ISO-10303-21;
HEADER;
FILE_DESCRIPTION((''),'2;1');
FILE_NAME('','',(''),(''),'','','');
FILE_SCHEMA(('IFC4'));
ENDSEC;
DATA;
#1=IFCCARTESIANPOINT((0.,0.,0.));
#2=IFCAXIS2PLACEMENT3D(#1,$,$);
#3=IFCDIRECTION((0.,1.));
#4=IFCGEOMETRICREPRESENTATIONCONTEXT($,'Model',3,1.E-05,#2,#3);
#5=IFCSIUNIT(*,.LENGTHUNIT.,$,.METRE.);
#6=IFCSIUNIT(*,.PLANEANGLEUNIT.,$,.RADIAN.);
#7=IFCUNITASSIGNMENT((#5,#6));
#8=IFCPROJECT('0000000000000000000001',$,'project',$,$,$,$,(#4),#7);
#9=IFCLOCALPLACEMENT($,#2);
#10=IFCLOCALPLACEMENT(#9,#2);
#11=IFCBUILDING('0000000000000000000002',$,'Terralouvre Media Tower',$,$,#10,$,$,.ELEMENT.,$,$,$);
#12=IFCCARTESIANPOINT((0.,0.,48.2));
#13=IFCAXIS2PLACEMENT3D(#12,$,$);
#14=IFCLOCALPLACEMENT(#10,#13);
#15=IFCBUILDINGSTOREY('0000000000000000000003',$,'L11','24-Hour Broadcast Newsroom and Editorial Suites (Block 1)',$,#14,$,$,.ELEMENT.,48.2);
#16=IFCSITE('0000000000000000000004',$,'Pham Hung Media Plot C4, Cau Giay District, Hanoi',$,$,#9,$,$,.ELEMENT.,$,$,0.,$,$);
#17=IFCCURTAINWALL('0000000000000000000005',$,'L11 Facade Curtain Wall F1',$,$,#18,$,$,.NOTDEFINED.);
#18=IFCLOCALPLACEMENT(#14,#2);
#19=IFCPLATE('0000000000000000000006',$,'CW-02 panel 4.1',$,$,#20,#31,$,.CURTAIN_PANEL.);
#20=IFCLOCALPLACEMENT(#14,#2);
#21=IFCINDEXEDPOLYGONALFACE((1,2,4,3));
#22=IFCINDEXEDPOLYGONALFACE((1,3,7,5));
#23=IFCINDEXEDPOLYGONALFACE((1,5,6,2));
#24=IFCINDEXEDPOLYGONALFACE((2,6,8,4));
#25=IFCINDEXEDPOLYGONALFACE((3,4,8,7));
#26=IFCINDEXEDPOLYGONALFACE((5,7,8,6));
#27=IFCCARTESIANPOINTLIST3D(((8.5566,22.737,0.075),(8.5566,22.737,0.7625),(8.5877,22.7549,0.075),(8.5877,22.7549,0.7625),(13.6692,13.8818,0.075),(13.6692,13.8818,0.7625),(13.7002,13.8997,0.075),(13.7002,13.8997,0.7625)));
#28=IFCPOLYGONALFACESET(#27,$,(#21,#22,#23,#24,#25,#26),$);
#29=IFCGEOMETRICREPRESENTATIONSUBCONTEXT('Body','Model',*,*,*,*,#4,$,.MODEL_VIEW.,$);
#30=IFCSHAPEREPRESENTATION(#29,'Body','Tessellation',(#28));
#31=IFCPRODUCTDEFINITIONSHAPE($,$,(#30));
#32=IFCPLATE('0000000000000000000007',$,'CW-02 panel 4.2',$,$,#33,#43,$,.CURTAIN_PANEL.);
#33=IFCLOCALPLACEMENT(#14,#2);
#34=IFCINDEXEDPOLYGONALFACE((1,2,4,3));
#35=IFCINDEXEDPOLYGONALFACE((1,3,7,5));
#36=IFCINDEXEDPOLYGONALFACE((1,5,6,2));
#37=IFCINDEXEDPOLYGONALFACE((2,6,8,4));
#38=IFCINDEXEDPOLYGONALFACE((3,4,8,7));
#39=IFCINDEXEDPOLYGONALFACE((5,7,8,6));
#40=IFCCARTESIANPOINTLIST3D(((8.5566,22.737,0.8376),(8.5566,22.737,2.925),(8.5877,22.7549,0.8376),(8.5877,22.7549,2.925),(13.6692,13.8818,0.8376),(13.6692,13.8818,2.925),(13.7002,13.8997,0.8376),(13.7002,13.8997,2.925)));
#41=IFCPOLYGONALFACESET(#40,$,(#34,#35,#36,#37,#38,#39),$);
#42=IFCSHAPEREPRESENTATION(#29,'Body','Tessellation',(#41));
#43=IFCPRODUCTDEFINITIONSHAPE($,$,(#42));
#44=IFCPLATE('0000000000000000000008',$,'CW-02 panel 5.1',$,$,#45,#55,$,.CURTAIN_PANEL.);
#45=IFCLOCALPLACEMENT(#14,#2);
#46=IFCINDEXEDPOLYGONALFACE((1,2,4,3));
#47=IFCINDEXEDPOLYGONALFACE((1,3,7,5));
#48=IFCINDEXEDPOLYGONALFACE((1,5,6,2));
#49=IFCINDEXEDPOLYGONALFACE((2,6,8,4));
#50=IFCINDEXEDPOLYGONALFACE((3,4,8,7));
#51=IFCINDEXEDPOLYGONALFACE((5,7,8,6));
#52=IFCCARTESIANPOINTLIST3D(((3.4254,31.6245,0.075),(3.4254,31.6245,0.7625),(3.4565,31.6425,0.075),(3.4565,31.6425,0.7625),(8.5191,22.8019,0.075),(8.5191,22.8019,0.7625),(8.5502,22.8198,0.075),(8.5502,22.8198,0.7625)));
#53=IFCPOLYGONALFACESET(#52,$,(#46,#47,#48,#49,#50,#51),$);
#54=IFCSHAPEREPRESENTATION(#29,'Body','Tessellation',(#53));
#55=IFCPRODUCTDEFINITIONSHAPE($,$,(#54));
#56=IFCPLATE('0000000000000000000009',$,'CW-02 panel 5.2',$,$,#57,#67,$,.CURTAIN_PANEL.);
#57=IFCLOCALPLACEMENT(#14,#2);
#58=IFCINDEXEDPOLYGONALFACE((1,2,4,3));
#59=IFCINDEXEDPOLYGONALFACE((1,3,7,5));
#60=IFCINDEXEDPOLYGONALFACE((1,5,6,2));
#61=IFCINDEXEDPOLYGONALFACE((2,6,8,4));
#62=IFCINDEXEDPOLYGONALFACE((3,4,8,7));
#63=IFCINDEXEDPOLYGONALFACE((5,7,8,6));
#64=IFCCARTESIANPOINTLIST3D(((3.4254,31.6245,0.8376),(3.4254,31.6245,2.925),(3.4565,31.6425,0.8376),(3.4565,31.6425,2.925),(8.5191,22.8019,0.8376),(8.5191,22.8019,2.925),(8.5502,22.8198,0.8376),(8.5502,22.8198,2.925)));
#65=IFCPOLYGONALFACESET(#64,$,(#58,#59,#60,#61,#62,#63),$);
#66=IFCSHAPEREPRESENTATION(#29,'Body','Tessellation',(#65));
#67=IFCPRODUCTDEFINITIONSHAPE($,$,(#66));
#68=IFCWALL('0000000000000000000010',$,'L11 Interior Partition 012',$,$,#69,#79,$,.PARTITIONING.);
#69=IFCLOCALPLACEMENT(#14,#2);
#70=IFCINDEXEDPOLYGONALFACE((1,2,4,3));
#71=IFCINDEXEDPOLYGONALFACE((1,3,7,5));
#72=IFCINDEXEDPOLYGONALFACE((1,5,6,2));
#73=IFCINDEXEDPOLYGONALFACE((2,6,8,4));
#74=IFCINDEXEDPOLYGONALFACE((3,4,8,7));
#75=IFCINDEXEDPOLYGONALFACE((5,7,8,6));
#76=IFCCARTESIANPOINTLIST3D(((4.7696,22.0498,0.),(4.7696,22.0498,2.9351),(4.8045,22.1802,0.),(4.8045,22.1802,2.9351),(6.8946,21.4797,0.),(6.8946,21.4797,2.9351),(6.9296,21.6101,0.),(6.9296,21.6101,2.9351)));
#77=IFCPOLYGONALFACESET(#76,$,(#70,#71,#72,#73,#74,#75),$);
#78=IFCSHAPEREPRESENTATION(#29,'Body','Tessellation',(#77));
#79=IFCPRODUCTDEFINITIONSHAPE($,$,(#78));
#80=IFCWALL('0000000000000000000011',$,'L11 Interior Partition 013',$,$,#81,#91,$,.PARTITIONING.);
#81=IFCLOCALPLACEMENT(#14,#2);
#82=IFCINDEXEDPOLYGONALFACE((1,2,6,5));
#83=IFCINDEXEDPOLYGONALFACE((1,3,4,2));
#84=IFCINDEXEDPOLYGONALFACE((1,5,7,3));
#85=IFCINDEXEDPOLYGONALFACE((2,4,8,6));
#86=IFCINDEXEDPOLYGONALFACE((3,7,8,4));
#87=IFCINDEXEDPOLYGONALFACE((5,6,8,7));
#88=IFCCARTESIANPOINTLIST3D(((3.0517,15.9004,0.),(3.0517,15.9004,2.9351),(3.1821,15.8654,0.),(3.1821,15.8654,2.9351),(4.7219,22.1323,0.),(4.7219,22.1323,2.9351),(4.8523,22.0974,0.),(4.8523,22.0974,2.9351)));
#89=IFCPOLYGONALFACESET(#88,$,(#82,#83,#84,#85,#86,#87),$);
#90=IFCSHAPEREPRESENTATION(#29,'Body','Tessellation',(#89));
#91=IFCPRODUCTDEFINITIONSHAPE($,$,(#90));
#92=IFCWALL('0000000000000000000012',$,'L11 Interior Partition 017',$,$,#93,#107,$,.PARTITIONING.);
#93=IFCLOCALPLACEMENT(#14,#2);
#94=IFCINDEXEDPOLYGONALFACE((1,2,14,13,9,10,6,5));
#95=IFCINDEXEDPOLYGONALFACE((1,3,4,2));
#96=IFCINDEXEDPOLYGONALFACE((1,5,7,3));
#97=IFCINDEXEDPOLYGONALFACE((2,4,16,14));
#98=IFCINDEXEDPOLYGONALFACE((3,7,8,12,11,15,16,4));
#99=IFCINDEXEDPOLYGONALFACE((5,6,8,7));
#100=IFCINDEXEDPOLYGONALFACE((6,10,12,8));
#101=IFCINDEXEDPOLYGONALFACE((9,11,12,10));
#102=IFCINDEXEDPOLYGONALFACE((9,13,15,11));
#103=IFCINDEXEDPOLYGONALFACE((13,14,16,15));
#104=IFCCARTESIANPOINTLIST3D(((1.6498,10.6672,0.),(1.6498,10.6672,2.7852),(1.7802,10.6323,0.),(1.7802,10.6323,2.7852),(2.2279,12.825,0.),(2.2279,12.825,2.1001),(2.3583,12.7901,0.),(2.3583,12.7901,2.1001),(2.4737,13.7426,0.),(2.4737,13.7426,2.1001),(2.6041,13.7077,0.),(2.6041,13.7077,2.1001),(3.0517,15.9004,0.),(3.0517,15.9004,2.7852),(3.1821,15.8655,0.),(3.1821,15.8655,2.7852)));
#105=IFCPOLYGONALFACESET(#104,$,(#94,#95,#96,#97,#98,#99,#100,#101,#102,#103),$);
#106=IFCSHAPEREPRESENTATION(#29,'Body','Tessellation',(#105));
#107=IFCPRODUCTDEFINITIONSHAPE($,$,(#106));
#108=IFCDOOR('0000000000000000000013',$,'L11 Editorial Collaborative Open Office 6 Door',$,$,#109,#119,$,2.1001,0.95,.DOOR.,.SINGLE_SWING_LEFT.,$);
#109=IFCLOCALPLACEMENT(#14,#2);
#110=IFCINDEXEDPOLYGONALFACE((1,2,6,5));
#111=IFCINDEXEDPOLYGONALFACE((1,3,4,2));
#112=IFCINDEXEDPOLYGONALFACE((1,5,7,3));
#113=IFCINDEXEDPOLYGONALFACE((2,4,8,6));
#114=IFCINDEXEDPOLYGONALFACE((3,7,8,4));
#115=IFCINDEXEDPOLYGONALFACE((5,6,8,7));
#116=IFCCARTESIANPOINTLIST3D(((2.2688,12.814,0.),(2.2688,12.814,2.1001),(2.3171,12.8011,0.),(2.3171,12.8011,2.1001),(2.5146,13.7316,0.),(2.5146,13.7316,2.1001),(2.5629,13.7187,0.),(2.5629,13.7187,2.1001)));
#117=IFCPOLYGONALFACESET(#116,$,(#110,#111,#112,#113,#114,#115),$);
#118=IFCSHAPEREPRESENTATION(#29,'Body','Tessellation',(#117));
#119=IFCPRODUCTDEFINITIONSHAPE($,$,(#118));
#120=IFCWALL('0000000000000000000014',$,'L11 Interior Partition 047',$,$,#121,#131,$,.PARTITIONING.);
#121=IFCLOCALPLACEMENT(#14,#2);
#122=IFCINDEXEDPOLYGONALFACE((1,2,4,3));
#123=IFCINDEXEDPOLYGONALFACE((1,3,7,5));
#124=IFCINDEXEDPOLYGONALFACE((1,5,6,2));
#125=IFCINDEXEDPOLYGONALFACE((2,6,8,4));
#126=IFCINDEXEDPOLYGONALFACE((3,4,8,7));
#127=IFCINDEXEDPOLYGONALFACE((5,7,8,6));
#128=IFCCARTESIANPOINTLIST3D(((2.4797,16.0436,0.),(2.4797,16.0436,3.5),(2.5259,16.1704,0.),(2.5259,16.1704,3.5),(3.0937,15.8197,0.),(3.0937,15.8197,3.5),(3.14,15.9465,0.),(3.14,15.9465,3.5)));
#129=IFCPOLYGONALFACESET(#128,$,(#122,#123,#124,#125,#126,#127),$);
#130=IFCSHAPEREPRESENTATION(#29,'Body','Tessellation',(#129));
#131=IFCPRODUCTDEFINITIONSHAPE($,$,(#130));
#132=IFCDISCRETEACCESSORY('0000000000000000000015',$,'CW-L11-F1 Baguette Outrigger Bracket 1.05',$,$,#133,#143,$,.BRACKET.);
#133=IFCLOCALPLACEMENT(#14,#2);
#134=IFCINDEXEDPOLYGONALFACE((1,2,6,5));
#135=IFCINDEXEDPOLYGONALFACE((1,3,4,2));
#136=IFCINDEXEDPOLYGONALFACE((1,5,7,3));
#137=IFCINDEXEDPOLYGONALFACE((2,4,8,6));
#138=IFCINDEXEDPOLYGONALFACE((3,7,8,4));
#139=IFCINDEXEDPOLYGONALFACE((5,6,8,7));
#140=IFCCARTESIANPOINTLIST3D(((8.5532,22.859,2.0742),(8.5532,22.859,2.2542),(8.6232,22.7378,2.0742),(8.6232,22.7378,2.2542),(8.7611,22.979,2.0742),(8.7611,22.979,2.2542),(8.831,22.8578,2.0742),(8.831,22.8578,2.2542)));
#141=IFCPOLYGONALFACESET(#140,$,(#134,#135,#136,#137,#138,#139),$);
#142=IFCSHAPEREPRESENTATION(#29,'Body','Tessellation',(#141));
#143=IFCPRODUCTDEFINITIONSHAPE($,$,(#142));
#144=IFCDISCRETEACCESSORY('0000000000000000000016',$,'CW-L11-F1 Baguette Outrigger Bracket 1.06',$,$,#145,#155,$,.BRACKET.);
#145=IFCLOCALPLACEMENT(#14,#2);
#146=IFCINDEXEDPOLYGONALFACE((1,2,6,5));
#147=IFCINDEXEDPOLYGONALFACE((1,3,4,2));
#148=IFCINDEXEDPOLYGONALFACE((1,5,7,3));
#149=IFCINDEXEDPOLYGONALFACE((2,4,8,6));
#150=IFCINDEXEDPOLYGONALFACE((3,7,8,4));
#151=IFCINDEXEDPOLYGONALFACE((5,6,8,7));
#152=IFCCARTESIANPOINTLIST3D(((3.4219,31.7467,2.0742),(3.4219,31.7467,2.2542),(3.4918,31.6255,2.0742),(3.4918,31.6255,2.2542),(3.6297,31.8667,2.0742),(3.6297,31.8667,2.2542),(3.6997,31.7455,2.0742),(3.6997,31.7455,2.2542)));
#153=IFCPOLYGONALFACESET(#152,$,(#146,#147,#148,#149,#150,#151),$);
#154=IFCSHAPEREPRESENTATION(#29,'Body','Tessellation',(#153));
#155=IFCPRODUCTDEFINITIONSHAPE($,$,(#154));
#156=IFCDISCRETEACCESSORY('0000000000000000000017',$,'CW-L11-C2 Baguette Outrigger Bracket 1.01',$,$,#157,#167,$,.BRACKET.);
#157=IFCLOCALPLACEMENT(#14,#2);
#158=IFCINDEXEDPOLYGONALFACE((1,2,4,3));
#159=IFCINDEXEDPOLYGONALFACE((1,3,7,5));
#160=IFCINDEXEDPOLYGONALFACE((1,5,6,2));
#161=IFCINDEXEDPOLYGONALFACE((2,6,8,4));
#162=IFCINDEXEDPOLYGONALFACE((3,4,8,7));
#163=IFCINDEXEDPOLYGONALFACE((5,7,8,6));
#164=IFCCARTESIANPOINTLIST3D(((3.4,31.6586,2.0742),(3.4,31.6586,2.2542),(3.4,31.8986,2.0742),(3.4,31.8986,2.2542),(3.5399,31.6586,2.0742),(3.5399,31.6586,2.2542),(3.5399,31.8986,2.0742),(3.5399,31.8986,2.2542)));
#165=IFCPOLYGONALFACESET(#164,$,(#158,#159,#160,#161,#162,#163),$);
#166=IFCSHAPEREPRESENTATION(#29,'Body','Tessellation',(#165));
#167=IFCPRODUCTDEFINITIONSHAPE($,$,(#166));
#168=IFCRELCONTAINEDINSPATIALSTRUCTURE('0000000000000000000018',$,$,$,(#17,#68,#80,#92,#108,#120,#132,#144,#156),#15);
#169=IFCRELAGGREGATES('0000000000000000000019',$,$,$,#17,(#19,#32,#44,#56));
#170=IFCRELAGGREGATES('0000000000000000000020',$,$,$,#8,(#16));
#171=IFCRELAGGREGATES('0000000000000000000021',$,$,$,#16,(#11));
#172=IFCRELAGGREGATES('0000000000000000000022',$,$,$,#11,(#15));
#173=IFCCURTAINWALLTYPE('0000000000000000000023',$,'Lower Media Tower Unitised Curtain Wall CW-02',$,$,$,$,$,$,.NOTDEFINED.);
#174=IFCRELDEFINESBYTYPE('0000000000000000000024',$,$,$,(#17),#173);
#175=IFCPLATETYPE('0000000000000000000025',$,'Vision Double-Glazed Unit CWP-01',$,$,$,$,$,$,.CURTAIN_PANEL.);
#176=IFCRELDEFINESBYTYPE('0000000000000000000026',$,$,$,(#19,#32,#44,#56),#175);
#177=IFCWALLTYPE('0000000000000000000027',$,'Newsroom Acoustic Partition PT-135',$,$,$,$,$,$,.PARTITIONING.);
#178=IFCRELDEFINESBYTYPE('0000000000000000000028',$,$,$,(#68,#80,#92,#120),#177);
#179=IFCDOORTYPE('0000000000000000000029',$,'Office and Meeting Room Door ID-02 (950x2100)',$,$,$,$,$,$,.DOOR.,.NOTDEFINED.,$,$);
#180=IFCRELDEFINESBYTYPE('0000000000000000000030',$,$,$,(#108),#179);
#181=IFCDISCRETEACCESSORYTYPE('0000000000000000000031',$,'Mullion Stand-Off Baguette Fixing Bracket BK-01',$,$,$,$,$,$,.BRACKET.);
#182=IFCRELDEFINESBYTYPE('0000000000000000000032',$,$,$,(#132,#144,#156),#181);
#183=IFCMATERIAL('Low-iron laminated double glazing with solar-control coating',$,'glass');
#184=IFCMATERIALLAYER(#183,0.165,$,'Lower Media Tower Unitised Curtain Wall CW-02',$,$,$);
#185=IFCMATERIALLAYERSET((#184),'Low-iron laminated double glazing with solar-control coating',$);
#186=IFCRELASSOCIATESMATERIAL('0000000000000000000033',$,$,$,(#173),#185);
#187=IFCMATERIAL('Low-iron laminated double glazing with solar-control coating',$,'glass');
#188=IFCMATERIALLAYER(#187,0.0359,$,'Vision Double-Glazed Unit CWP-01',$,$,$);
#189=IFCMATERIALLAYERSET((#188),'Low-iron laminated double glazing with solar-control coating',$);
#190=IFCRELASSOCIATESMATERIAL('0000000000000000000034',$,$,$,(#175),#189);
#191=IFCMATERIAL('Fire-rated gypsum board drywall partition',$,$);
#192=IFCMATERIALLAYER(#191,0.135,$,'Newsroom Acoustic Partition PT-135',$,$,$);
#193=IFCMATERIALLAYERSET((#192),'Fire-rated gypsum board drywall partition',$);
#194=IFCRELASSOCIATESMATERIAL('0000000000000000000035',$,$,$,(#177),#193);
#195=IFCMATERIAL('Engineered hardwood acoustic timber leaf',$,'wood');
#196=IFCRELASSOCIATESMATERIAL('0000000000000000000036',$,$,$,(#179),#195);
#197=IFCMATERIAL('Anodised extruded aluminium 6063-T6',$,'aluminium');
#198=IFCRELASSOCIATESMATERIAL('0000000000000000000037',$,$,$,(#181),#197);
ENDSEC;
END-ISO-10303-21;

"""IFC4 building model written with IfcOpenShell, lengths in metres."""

from ifc_helpers import new_model, si_unit, direction, frame, frame_2d, origin, origin_2d, place, context, subcontext, project, spatial, rectangle, extrude, material, layer, layer_set, type_object, element, fill, aggregate, save


model = new_model("IFC4")

# Units and contexts
model_context = context("Model", 3, precision=1e-05, world=origin(), true_north=direction((0.0, 1.0)))
body_context = subcontext(model_context, "Body", "Model", "MODEL_VIEW")
ifc_project = project(units=[si_unit("LENGTHUNIT", "METRE"), si_unit("PLANEANGLEUNIT", "RADIAN")], contexts=[model_context])

# Site, building, storey
site_placement = place(None, origin())
site = spatial("IfcSite", under=ifc_project, at=site_placement, Name="Pham Hung Media Plot C4, Cau Giay District, Hanoi", CompositionType="ELEMENT", RefElevation=0.0)
building_placement = place(site_placement, origin())
building = spatial("IfcBuilding", under=site, at=building_placement, Name="Terralouvre Media Tower", CompositionType="ELEMENT")
storey_placement = place(building_placement, frame((0.0, 0.0, 48.2)))
storey = spatial("IfcBuildingStorey", under=building, at=storey_placement, Name="L11", Description="24-Hour Broadcast Newsroom and Editorial Suites (Block 1)", CompositionType="ELEMENT", Elevation=48.2)

# Curtain wall
ifc_material_1 = material(Name="Low-iron laminated double glazing with solar-control coating", Category="glass")
ifc_layer_1 = layer(ifc_material_1, 0.165, Name="Lower Media Tower Unitised Curtain Wall CW-02")
ifc_layer_set_1 = layer_set([ifc_layer_1], Name="Low-iron laminated double glazing with solar-control coating")
curtain_wall_type_1 = type_object("IfcCurtainWallType", Name="Lower Media Tower Unitised Curtain Wall CW-02", PredefinedType="NOTDEFINED", material=ifc_layer_set_1)
curtain_wall_1_placement = place(storey_placement, origin())
curtain_wall_1 = element("IfcCurtainWall", 1, at=curtain_wall_1_placement, inside=storey, type_object=curtain_wall_type_1, Name="L11 Facade Curtain Wall F1", PredefinedType="NOTDEFINED")

# Plates
ifc_material_2 = material(Name="Low-iron laminated double glazing with solar-control coating", Category="glass")
ifc_layer_2 = layer(ifc_material_2, 0.0359, Name="Vision Double-Glazed Unit CWP-01")
ifc_layer_set_2 = layer_set([ifc_layer_2], Name="Low-iron laminated double glazing with solar-control coating")
plate_type = type_object("IfcPlateType", Name="Vision Double-Glazed Unit CWP-01", PredefinedType="CURTAIN_PANEL", material=ifc_layer_set_2)
plate_1_placement = place(storey_placement, frame((11.1284, 18.3184, 0.075), z_axis=(0.0, 0.0, 1.0), x_axis=(-0.5, 0.866025, 0.0)))
plate_1 = element("IfcPlate", 2, at=plate_1_placement, type_object=plate_type, Name="CW-02 panel 4.1", PredefinedType="CURTAIN_PANEL", context=body_context, shape_type="SweptSolid", body=[
    extrude(rectangle(XDim=10.2251, YDim=0.0359, at=origin_2d()), origin(), (0.0, 0.0, 1.0), 0.6875),
])
plate_2_placement = place(storey_placement, frame((11.1284, 18.3184, 0.8376), z_axis=(0.0, 0.0, 1.0), x_axis=(-0.5, 0.866025, 0.0)))
plate_2 = element("IfcPlate", 3, at=plate_2_placement, type_object=plate_type, Name="CW-02 panel 4.2", PredefinedType="CURTAIN_PANEL", context=body_context, shape_type="SweptSolid", body=[
    extrude(rectangle(XDim=10.2251, YDim=0.0359, at=origin_2d()), origin(), (0.0, 0.0, 1.0), 2.0874),
])
plate_3_placement = place(storey_placement, frame((5.9878, 27.2222, 0.075), z_axis=(0.0, 0.0, 1.0), x_axis=(-0.5, 0.866025, 0.0)))
plate_3 = element("IfcPlate", 4, at=plate_3_placement, type_object=plate_type, Name="CW-02 panel 5.1", PredefinedType="CURTAIN_PANEL", context=body_context, shape_type="SweptSolid", body=[
    extrude(rectangle(XDim=10.1875, YDim=0.0359, at=origin_2d()), origin(), (0.0, 0.0, 1.0), 0.6875),
])
plate_4_placement = place(storey_placement, frame((5.9878, 27.2222, 0.8376), z_axis=(0.0, 0.0, 1.0), x_axis=(-0.5, 0.866025, 0.0)))
plate_4 = element("IfcPlate", 5, at=plate_4_placement, type_object=plate_type, Name="CW-02 panel 5.2", PredefinedType="CURTAIN_PANEL", context=body_context, shape_type="SweptSolid", body=[
    extrude(rectangle(XDim=10.1875, YDim=0.0359, at=origin_2d()), origin(), (0.0, 0.0, 1.0), 2.0874),
])
aggregate(curtain_wall_1, [plate_1, plate_2, plate_3, plate_4])

# Walls
ifc_material_3 = material(Name="Fire-rated gypsum board drywall partition")
ifc_layer_3 = layer(ifc_material_3, 0.135, Name="Newsroom Acoustic Partition PT-135")
ifc_layer_set_3 = layer_set([ifc_layer_3], Name="Fire-rated gypsum board drywall partition")
wall_type = type_object("IfcWallType", Name="Newsroom Acoustic Partition PT-135", PredefinedType="PARTITIONING", material=ifc_layer_set_3)
wall_1_placement = place(storey_placement, frame((6.9121, 21.5449, 0.0), z_axis=(0.0, 0.0, 1.0), x_axis=(-0.965849, 0.259106, 0.0)))
element("IfcWall", 6, at=wall_1_placement, inside=storey, type_object=wall_type, Name="L11 Interior Partition 012", PredefinedType="PARTITIONING", context=body_context, shape_type="SweptSolid", body=[
    extrude(rectangle(XDim=2.2002, YDim=0.135, at=frame_2d((1.1001, 0.0))), origin(), (0.0, 0.0, 1.0), 2.9351),
])
wall_2_placement = place(storey_placement, frame((4.7871, 22.115, 0.0), z_axis=(0.0, 0.0, 1.0), x_axis=(-0.258866, -0.965913, 0.0)))
element("IfcWall", 7, at=wall_2_placement, inside=storey, type_object=wall_type, Name="L11 Interior Partition 013", PredefinedType="PARTITIONING", context=body_context, shape_type="SweptSolid", body=[
    extrude(rectangle(XDim=6.4519, YDim=0.135, at=frame_2d((3.2261, 0.0))), origin(), (0.0, 0.0, 1.0), 2.9351),
])

# Wall, opening, door
wall_3_placement = place(storey_placement, frame((3.1169, 15.8831, 0.0), z_axis=(0.0, 0.0, 1.0), x_axis=(-0.258756, -0.965943, 0.0)))
wall_3 = element("IfcWall", 8, at=wall_3_placement, inside=storey, type_object=wall_type, Name="L11 Interior Partition 017", PredefinedType="PARTITIONING", context=body_context, shape_type="SweptSolid", body=[
    extrude(rectangle(XDim=5.4177, YDim=0.135, at=frame_2d((2.709, 0.0))), origin(), (0.0, 0.0, 1.0), 2.7852),
])
opening_placement = place(wall_3_placement, frame((2.2339, 0.0, 0.0)))
opening = element("IfcOpeningElement", 9, at=opening_placement, cuts=wall_3, PredefinedType="OPENING", context=body_context, shape_type="SweptSolid", body=[
    extrude(rectangle(XDim=0.95, YDim=2.1001, at=frame_2d((0.4751, 1.05))), frame((0.0, 0.0774, 0.0), z_axis=(0.0, -1.0, 0.0), x_axis=(1.0, 0.0, 0.0)), (0.0, 0.0, 1.0), 0.155),
])
ifc_material_4 = material(Name="Engineered hardwood acoustic timber leaf", Category="wood")
door_type = type_object("IfcDoorType", Name="Office and Meeting Room Door ID-02 (950x2100)", OperationType="NOTDEFINED", PredefinedType="DOOR", material=ifc_material_4)
door_placement = place(opening_placement, origin())
door = element("IfcDoor", 10, at=door_placement, inside=storey, type_object=door_type, Name="L11 Editorial Collaborative Open Office 6 Door", OperationType="SINGLE_SWING_LEFT", OverallHeight=2.1001, OverallWidth=0.95, PredefinedType="DOOR", context=body_context, shape_type="SweptSolid", body=[
    extrude(rectangle(XDim=0.95, YDim=2.1001, at=frame_2d((0.4751, 1.05))), frame((0.0, 0.0249, 0.0), z_axis=(0.0, -1.0, 0.0), x_axis=(1.0, 0.0, 0.0)), (0.0, 0.0, 1.0), 0.05),
])
fill(opening, door)

# Wall
wall_4_placement = place(storey_placement, frame((2.5029, 16.1069, 0.0), z_axis=(0.0, 0.0, 1.0), x_axis=(0.939499, -0.342553, 0.0)))
element("IfcWall", 11, at=wall_4_placement, inside=storey, type_object=wall_type, Name="L11 Interior Partition 047", PredefinedType="PARTITIONING", context=body_context, shape_type="SweptSolid", body=[
    extrude(rectangle(XDim=0.6536, YDim=0.135, at=frame_2d((0.3267, 0.0))), origin(), (0.0, 0.0, 1.0), 3.5),
])

# Discrete accessories
ifc_material_5 = material(Name="Anodised extruded aluminium 6063-T6", Category="aluminium")
discrete_accessory_type = type_object("IfcDiscreteAccessoryType", Name="Mullion Stand-Off Baguette Fixing Bracket BK-01", PredefinedType="BRACKET", material=ifc_material_5)
for number, where, z_axis, x_axis, name in (
    (12, (8.6921, 22.8584, 2.0742), (0.0, 0.0, 1.0), (-0.5, 0.866025, 0.0), "CW-L11-F1 Baguette Outrigger Bracket 1.05"),
    (13, (3.5608, 31.7461, 2.0742), (0.0, 0.0, 1.0), (-0.5, 0.866025, 0.0), "CW-L11-F1 Baguette Outrigger Bracket 1.06"),
    (14, (3.47, 31.7786, 2.0742), (0.0, 0.0, 1.0), (-1.0, 0.0, 0.0), "CW-L11-C2 Baguette Outrigger Bracket 1.01"),
):
    element("IfcDiscreteAccessory", number, at=place(storey_placement, frame(where, z_axis=z_axis, x_axis=x_axis)), inside=storey, type_object=discrete_accessory_type, Name=name, PredefinedType="BRACKET", context=body_context, shape_type="SweptSolid", body=[
        extrude(rectangle(XDim=0.1399, YDim=0.24, at=origin_2d()), origin(), (0.0, 0.0, 1.0), 0.1799),
    ])

save(model, "model.ifc")
